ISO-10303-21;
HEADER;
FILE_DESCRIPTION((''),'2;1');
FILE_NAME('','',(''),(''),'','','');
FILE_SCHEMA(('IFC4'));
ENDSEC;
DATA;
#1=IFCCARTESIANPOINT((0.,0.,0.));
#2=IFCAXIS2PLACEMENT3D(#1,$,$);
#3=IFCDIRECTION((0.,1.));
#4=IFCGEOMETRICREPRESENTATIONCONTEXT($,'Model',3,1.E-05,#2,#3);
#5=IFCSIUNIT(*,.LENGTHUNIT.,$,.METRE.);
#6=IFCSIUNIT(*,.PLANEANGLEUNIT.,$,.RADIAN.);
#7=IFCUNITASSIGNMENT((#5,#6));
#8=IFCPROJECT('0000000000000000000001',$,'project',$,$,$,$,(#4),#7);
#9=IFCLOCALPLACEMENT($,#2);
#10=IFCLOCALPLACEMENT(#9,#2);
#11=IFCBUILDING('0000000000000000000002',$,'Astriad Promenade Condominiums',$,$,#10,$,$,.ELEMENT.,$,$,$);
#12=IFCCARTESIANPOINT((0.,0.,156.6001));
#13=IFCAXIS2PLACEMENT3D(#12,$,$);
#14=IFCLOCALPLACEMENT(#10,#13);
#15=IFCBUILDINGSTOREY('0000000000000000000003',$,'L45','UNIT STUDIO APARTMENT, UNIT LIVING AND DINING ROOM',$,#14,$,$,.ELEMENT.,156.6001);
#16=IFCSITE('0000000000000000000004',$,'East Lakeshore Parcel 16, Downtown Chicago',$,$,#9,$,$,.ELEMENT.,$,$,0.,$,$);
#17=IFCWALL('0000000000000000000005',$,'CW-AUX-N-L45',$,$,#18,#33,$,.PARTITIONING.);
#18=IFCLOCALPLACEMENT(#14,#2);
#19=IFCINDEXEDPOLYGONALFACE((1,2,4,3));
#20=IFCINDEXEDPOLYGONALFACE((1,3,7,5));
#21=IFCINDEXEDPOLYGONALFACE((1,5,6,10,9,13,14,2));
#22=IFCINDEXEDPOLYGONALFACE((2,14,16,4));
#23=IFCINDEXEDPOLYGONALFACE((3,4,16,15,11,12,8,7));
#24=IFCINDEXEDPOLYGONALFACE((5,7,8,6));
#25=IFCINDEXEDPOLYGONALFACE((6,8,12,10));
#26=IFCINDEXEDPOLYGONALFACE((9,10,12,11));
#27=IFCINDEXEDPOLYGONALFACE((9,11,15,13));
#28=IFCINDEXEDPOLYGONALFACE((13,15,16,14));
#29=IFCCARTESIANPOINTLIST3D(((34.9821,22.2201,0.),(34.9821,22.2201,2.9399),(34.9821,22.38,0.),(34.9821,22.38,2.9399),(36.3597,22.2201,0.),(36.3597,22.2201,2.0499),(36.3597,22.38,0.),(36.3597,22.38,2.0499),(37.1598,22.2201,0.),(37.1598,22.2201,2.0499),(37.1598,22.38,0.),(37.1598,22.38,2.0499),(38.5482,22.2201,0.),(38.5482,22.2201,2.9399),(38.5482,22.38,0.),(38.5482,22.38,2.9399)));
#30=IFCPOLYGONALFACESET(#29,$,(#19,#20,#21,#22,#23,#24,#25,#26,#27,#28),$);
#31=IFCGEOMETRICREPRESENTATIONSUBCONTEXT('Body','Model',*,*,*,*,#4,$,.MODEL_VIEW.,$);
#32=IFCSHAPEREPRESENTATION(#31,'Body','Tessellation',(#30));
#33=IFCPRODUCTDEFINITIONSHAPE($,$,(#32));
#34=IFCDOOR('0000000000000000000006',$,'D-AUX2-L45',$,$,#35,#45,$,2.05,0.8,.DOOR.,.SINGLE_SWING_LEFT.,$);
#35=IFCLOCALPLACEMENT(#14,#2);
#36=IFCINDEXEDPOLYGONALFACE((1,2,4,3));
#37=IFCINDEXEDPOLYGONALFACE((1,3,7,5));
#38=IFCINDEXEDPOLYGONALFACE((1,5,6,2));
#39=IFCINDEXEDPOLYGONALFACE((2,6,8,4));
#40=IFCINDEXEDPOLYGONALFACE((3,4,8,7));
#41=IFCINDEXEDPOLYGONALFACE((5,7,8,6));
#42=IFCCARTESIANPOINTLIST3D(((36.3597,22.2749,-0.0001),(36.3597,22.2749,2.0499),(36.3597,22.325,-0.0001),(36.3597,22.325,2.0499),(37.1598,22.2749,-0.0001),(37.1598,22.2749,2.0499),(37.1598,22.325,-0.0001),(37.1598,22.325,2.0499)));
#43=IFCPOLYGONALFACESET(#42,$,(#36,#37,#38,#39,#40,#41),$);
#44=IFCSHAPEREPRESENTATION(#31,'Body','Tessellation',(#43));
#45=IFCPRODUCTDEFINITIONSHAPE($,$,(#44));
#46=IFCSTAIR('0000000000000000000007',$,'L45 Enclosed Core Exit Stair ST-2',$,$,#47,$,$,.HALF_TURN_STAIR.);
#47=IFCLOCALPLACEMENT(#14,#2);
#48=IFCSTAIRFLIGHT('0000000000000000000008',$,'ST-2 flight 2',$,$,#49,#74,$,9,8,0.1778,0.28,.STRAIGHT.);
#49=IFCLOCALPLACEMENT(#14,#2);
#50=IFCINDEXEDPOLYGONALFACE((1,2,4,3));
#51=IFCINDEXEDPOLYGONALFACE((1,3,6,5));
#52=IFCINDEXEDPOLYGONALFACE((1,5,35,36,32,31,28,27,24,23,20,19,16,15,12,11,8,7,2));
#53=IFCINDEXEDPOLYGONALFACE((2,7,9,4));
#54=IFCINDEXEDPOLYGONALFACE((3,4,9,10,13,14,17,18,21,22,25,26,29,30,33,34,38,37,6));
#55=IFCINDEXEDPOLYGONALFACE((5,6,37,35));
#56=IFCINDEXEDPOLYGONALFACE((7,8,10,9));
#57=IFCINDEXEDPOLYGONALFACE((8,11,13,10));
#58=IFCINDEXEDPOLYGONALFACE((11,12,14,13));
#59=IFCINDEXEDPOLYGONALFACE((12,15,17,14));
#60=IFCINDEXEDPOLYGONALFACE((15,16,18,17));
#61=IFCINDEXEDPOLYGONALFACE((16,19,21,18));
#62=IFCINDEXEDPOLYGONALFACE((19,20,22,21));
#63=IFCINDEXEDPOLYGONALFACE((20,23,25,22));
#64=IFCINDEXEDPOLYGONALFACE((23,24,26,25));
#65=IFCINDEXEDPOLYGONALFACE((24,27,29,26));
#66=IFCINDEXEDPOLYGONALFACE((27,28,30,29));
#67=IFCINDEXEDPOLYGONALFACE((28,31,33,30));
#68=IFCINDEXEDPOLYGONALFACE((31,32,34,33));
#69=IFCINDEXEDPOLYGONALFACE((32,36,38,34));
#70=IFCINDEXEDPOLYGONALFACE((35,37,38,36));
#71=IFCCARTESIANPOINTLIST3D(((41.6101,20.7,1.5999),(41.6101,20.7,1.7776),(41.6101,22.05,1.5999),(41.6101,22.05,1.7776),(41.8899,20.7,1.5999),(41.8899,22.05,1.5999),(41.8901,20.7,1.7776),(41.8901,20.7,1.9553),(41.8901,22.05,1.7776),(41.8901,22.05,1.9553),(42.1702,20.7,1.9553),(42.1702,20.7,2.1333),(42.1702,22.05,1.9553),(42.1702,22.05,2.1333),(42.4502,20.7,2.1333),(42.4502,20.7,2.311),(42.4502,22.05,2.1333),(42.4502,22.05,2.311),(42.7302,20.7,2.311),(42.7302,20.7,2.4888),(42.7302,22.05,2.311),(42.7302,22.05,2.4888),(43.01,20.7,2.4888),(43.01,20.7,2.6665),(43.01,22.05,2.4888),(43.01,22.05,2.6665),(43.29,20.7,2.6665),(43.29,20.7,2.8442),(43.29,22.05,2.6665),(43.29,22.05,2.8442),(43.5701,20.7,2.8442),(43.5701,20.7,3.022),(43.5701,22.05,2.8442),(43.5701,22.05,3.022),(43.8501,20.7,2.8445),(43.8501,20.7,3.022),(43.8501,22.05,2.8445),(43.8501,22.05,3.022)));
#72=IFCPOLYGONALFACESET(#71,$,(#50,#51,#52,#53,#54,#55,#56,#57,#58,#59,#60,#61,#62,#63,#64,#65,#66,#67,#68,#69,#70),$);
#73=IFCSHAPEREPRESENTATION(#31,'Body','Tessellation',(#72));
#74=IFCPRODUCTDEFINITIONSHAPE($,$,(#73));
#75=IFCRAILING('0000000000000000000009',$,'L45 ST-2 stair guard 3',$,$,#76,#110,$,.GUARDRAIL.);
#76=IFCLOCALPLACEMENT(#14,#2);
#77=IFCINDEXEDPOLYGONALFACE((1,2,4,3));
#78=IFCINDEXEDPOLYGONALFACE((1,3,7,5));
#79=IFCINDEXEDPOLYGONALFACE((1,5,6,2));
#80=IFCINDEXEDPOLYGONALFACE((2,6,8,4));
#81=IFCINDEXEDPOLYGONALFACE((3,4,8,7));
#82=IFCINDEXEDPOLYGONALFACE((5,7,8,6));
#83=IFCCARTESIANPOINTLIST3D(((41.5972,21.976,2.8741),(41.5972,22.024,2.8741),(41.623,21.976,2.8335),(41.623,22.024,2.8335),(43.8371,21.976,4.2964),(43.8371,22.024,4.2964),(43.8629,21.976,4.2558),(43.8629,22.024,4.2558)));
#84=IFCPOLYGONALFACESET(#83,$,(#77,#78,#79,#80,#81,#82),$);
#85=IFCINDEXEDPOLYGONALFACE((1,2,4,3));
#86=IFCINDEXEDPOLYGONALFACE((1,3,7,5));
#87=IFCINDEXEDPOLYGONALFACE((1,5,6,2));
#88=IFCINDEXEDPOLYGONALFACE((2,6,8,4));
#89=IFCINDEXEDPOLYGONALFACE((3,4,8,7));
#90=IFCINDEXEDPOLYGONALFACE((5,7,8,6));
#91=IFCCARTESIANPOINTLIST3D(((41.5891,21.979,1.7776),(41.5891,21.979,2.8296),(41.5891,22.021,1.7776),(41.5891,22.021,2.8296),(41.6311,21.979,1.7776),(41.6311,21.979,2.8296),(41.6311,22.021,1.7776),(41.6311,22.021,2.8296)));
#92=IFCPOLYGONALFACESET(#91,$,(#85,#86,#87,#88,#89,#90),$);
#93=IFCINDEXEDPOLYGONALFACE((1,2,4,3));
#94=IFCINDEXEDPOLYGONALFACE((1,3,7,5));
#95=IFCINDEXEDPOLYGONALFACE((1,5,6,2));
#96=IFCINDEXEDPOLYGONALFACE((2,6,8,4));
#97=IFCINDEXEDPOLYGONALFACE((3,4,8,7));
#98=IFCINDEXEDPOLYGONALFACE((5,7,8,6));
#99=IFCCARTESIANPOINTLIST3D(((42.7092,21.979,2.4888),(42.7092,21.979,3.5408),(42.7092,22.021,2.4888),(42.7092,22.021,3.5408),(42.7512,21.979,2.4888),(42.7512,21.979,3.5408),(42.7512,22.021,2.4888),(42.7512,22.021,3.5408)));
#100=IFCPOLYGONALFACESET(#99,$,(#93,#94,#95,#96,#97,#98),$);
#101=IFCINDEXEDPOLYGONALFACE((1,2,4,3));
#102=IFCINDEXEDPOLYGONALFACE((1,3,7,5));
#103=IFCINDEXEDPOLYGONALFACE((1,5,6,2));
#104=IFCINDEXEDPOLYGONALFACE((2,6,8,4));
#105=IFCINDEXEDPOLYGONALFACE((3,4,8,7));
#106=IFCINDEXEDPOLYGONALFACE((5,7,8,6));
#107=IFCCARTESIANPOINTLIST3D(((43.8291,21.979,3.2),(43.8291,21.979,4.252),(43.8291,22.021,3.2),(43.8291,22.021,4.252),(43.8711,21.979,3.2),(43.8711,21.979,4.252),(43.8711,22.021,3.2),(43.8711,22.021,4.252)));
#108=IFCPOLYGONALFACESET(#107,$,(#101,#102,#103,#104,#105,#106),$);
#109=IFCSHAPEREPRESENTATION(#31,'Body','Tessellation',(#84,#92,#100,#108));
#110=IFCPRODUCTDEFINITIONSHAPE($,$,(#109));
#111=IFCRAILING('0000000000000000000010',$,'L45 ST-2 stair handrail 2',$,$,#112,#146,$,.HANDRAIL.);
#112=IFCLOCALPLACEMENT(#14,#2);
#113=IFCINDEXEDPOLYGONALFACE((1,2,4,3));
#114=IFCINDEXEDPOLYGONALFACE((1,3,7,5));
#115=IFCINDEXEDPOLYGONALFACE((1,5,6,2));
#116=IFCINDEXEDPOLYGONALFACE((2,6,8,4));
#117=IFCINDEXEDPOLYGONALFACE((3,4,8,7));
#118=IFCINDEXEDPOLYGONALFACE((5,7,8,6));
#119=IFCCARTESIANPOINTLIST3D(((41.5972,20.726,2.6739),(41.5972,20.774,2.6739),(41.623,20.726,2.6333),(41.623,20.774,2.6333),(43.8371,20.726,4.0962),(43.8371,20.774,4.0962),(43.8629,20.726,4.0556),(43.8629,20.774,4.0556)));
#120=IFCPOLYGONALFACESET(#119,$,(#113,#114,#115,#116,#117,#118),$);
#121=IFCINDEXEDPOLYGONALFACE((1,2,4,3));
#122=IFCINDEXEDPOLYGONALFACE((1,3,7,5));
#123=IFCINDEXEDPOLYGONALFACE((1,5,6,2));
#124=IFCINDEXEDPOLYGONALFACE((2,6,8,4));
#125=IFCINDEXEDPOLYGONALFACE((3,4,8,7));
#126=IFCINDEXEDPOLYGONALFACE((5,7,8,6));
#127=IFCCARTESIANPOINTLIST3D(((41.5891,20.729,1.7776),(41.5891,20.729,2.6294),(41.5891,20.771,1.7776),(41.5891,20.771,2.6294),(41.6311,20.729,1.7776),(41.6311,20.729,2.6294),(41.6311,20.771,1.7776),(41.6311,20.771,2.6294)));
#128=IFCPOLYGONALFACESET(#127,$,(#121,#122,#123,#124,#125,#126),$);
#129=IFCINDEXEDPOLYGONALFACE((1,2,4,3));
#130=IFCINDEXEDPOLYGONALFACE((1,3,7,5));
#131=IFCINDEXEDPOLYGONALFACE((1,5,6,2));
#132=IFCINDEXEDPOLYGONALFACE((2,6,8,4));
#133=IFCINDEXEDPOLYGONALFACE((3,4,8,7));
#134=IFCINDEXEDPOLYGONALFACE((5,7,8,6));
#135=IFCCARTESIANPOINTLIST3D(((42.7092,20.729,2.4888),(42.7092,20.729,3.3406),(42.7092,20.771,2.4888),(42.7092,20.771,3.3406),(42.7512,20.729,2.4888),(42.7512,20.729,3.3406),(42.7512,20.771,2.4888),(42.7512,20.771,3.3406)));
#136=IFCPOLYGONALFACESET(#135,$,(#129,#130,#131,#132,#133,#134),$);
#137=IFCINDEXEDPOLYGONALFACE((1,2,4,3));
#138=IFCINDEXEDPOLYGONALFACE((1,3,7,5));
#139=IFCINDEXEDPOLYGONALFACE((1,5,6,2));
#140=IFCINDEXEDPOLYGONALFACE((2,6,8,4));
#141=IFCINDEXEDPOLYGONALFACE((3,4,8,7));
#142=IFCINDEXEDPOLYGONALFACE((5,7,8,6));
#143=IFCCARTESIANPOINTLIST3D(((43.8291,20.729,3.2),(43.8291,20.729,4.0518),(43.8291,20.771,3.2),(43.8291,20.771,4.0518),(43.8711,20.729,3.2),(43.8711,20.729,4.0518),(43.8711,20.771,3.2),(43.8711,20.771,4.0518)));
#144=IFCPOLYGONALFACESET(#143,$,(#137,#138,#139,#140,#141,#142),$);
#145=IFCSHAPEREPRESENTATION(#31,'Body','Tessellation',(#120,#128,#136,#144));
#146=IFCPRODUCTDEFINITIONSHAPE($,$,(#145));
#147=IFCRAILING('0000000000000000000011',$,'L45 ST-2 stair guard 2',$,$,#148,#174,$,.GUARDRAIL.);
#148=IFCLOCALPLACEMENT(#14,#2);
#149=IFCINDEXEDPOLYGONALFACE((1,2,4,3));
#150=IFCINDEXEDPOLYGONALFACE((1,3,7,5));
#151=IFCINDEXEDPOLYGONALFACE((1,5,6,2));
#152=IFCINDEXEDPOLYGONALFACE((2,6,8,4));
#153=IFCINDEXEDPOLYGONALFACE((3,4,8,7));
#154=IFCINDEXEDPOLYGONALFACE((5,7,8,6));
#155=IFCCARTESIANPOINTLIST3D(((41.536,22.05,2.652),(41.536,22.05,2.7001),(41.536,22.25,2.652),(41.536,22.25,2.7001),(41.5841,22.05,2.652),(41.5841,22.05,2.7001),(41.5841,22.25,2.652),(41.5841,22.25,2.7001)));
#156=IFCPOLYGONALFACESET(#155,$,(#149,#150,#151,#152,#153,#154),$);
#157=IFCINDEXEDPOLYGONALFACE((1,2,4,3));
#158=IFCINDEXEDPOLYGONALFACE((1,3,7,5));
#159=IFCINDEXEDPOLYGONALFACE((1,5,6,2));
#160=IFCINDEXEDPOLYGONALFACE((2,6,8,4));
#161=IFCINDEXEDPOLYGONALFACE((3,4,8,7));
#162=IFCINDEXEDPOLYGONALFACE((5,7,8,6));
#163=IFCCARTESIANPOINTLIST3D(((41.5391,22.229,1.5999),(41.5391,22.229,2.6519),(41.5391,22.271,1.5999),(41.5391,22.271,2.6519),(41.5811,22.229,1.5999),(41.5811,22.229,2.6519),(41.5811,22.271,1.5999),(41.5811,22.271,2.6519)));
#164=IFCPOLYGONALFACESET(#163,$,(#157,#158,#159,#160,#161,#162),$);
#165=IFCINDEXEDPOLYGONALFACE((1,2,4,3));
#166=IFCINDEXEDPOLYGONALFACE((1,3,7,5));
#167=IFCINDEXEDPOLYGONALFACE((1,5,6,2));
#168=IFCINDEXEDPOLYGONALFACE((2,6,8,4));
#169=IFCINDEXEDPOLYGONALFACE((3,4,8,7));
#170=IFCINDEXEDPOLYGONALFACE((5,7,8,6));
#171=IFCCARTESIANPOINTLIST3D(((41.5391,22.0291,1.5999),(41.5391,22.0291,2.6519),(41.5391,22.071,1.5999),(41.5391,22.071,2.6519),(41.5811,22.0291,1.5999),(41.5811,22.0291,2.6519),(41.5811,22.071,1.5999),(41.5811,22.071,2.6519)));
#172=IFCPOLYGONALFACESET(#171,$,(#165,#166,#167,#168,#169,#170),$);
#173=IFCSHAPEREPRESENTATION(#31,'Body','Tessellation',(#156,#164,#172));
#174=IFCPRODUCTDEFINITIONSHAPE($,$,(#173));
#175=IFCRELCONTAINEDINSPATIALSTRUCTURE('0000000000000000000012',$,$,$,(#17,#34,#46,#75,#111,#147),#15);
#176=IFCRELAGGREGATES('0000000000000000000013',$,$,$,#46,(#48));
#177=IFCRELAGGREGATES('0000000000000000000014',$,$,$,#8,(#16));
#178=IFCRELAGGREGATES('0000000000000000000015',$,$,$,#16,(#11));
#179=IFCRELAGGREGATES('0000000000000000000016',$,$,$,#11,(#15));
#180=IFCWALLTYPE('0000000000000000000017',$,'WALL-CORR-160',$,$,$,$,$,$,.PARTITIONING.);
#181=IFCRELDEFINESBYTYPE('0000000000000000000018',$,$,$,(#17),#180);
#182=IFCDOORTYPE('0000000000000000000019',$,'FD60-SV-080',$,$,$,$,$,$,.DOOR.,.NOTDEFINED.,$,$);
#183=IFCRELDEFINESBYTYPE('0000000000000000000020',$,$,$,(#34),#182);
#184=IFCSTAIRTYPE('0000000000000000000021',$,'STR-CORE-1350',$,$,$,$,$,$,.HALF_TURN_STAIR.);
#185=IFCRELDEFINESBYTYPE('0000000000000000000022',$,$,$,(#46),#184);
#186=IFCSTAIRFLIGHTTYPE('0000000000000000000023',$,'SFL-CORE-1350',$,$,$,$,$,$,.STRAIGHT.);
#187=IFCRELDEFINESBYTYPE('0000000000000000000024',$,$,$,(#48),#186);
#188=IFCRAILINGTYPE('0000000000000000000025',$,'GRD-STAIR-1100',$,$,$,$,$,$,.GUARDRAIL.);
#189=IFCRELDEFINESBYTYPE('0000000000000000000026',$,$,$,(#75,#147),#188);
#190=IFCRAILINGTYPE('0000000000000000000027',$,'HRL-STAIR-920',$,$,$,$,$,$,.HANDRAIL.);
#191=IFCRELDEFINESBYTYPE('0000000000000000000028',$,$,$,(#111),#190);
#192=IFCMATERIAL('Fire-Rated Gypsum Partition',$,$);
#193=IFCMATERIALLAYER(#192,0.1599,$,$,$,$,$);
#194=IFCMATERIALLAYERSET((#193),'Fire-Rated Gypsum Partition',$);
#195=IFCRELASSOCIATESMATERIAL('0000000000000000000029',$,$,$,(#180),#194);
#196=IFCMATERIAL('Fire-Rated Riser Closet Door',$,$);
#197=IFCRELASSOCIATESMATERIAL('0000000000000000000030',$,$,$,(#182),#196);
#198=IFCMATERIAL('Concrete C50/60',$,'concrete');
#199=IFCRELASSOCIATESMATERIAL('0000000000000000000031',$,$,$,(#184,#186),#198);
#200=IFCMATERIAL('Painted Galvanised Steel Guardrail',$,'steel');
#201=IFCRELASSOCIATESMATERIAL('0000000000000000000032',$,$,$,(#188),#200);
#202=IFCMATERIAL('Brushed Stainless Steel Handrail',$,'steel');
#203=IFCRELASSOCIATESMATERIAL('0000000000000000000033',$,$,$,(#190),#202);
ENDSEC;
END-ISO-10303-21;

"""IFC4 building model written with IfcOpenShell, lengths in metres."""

from ifc_helpers import new_model, si_unit, direction, frame, frame_2d, origin, origin_2d, place, context, subcontext, project, spatial, polyline, rectangle, outline, extrude, source, transform, mapped, material, layer, layer_set, type_object, type_shapes, element, fill, aggregate, save


model = new_model("IFC4")

# Units and contexts
model_context = context("Model", 3, precision=1e-05, world=origin(), true_north=direction((0.0, 1.0)))
body_context = subcontext(model_context, "Body", "Model", "MODEL_VIEW")
ifc_project = project(units=[si_unit("LENGTHUNIT", "METRE"), si_unit("PLANEANGLEUNIT", "RADIAN")], contexts=[model_context])

# Site, building, storey
site_placement = place(None, origin())
site = spatial("IfcSite", under=ifc_project, at=site_placement, Name="East Lakeshore Parcel 16, Downtown Chicago", CompositionType="ELEMENT", RefElevation=0.0)
building_placement = place(site_placement, origin())
building = spatial("IfcBuilding", under=site, at=building_placement, Name="Astriad Promenade Condominiums", CompositionType="ELEMENT")
storey_placement = place(building_placement, frame((0.0, 0.0, 156.6001)))
storey = spatial("IfcBuildingStorey", under=building, at=storey_placement, Name="L45", Description="UNIT STUDIO APARTMENT, UNIT LIVING AND DINING ROOM", CompositionType="ELEMENT", Elevation=156.6001)

# Shared definitions
ifc_material_1 = material(Name="Concrete C50/60", Category="concrete")

# Shared definitions
ifc_material_2 = material(Name="Fire-Rated Gypsum Partition")
ifc_layer_1 = layer(ifc_material_2, 0.1599)
ifc_layer_set_1 = layer_set([ifc_layer_1], Name="Fire-Rated Gypsum Partition")
wall_type_1 = type_object("IfcWallType", Name="WALL-CORR-160", PredefinedType="PARTITIONING", material=ifc_layer_set_1)

# Wall, opening, door
ifc_material_3 = material(Name="Fire-Rated Riser Closet Door")
door_type_1 = type_object("IfcDoorType", Name="FD60-SV-080", OperationType="NOTDEFINED", PredefinedType="DOOR", material=ifc_material_3)
shared_shape_1 = source(origin(), body_context, "Body", "SweptSolid", [
    extrude(rectangle(XDim=0.8, YDim=2.05, at=frame_2d((0.3999, 1.0249))), frame((0.0, 0.0249, 0.0), z_axis=(0.0, -1.0, 0.0), x_axis=(1.0, 0.0, 0.0)), (0.0, 0.0, 1.0), 0.05),
])
type_shapes(door_type_1, [shared_shape_1])
wall_1_placement = place(storey_placement, frame((34.9819, 22.3, 0.0), z_axis=(0.0, 0.0, 1.0), x_axis=(1.0, 0.0, 0.0)))
wall_1 = element("IfcWall", 1, at=wall_1_placement, inside=storey, type_object=wall_type_1, Name="CW-AUX-N-L45", PredefinedType="PARTITIONING", context=body_context, shape_type="SweptSolid", body=[
    extrude(rectangle(XDim=3.5662, YDim=0.1599, at=frame_2d((1.7832, 0.0))), origin(), (0.0, 0.0, 1.0), 2.9399),
])
opening_1_placement = place(wall_1_placement, frame((1.3779, 0.0, 0.0)))
opening_1 = element("IfcOpeningElement", 2, at=opening_1_placement, cuts=wall_1, PredefinedType="OPENING", context=body_context, shape_type="SweptSolid", body=[
    extrude(rectangle(XDim=0.8, YDim=2.05, at=frame_2d((0.3999, 1.0249))), frame((0.0, 0.0898, 0.0), z_axis=(0.0, -1.0, 0.0), x_axis=(1.0, 0.0, 0.0)), (0.0, 0.0, 1.0), 0.1799),
])
door_1_placement = place(opening_1_placement, origin())
door_1 = element("IfcDoor", 3, at=door_1_placement, inside=storey, type_object=door_type_1, Name="D-AUX2-L45", OperationType="SINGLE_SWING_LEFT", OverallHeight=2.05, OverallWidth=0.8, PredefinedType="DOOR", context=body_context, shape_type="MappedRepresentation", body=[
    mapped(shared_shape_1, transform((0.0, 0.0, 0.0), scale=1.0)),
])
fill(opening_1, door_1)

# Stair, stair flight
stair_type = type_object("IfcStairType", Name="STR-CORE-1350", PredefinedType="HALF_TURN_STAIR", material=ifc_material_1)
stair_placement = place(storey_placement, origin())
stair = element("IfcStair", 4, at=stair_placement, inside=storey, type_object=stair_type, Name="L45 Enclosed Core Exit Stair ST-2", PredefinedType="HALF_TURN_STAIR")
stair_flight_type = type_object("IfcStairFlightType", Name="SFL-CORE-1350", PredefinedType="STRAIGHT", material=ifc_material_1)
shared_shape_2 = source(origin(), body_context, "Body", "SweptSolid", [
    extrude(outline(polyline([(0.0, 0.0), (0.0, 0.1777), (0.28, 0.1777), (0.28, 0.3555), (0.5601, 0.3555), (0.5601, 0.5334), (0.8401, 0.5334), (0.8401, 0.7112), (1.1201, 0.7112), (1.1201, 0.8889), (1.3999, 0.8889), (1.3999, 1.0667), (1.6799, 1.0667), (1.6799, 1.2444), (1.96, 1.2444), (1.96, 1.4221), (2.24, 1.4221), (2.24, 1.6001), (2.24, 1.2446), (0.2798, 0.0), (0.0, 0.0)])), frame((0.0, 0.675, 0.0), z_axis=(0.0, -1.0, 0.0), x_axis=(1.0, 0.0, 0.0)), (0.0, 0.0, 1.0), 1.3501),
])
type_shapes(stair_flight_type, [shared_shape_2])
stair_flight_placement = place(storey_placement, frame((41.6101, 21.375, 1.5999), z_axis=(0.0, 0.0, 1.0), x_axis=(1.0, 0.0, 0.0)))
stair_flight = element("IfcStairFlight", 5, at=stair_flight_placement, type_object=stair_flight_type, Name="ST-2 flight 2", NumberOfRisers=9, NumberOfTreads=8, PredefinedType="STRAIGHT", RiserHeight=0.1778, TreadLength=0.28, context=body_context, shape_type="MappedRepresentation", body=[
    mapped(shared_shape_2, transform((0.0, 0.0, 0.0), scale=1.0)),
])
aggregate(stair, [stair_flight])

# Railings
ifc_material_4 = material(Name="Painted Galvanised Steel Guardrail", Category="steel")
railing_type_1 = type_object("IfcRailingType", Name="GRD-STAIR-1100", PredefinedType="GUARDRAIL", material=ifc_material_4)
shared_shape_3 = source(origin(), body_context, "Body", "SweptSolid", [
    extrude(rectangle(XDim=0.0481, YDim=0.0481, at=origin_2d()), frame((0.0, 0.0, 1.0762), z_axis=(0.844188, 0.0, 0.536048), x_axis=(0.0, 1.0, 0.0)), (0.0, 0.0, 1.0), 2.6533),
    extrude(rectangle(XDim=0.042, YDim=0.042, at=origin_2d()), origin(), (0.0, 0.0, 1.0), 1.052),
    extrude(rectangle(XDim=0.042, YDim=0.042, at=origin_2d()), frame((1.1201, 0.0, 0.7112)), (0.0, 0.0, 1.0), 1.052),
    extrude(rectangle(XDim=0.042, YDim=0.042, at=origin_2d()), frame((2.24, 0.0, 1.4224)), (0.0, 0.0, 1.0), 1.052),
])
railing_1_placement = place(storey_placement, frame((41.6101, 22.0, 1.7776)))
element("IfcRailing", 6, at=railing_1_placement, inside=storey, type_object=railing_type_1, Name="L45 ST-2 stair guard 3", PredefinedType="GUARDRAIL", context=body_context, shape_type="MappedRepresentation", body=[
    mapped(shared_shape_3, transform((0.0, 0.0, 0.0), scale=1.0)),
])
ifc_material_5 = material(Name="Brushed Stainless Steel Handrail", Category="steel")
railing_type_2 = type_object("IfcRailingType", Name="HRL-STAIR-920", PredefinedType="HANDRAIL", material=ifc_material_5)
shared_shape_4 = source(origin(), body_context, "Body", "SweptSolid", [
    extrude(rectangle(XDim=0.0481, YDim=0.0481, at=origin_2d()), frame((0.0, 0.0, 0.876), z_axis=(0.844188, 0.0, 0.536048), x_axis=(0.0, 1.0, 0.0)), (0.0, 0.0, 1.0), 2.6533),
    extrude(rectangle(XDim=0.042, YDim=0.042, at=origin_2d()), origin(), (0.0, 0.0, 1.0), 0.8518),
    extrude(rectangle(XDim=0.042, YDim=0.042, at=origin_2d()), frame((1.1201, 0.0, 0.7112)), (0.0, 0.0, 1.0), 0.8518),
    extrude(rectangle(XDim=0.042, YDim=0.042, at=origin_2d()), frame((2.24, 0.0, 1.4224)), (0.0, 0.0, 1.0), 0.8518),
])
type_shapes(railing_type_2, [shared_shape_4])
railing_2_placement = place(storey_placement, frame((41.6101, 20.75, 1.7776)))
element("IfcRailing", 7, at=railing_2_placement, inside=storey, type_object=railing_type_2, Name="L45 ST-2 stair handrail 2", PredefinedType="HANDRAIL", context=body_context, shape_type="MappedRepresentation", body=[
    mapped(shared_shape_4, transform((0.0, 0.0, 0.0), scale=1.0)),
])
shared_shape_5 = source(origin(), body_context, "Body", "SweptSolid", [
    extrude(rectangle(XDim=0.0481, YDim=0.0481, at=origin_2d()), frame((0.0, 0.0, 1.0762), z_axis=(0.0, -1.0, 0.0), x_axis=(1.0, 0.0, 0.0)), (0.0, 0.0, 1.0), 0.2),
    extrude(rectangle(XDim=0.042, YDim=0.042, at=origin_2d()), origin(), (0.0, 0.0, 1.0), 1.052),
    extrude(rectangle(XDim=0.042, YDim=0.042, at=origin_2d()), frame((0.0, -0.2, 0.0)), (0.0, 0.0, 1.0), 1.052),
])
type_shapes(railing_type_1, [shared_shape_3, shared_shape_5])
railing_3_placement = place(storey_placement, frame((41.5601, 22.25, 1.5999)))
element("IfcRailing", 8, at=railing_3_placement, inside=storey, type_object=railing_type_1, Name="L45 ST-2 stair guard 2", PredefinedType="GUARDRAIL", context=body_context, shape_type="MappedRepresentation", body=[
    mapped(shared_shape_5, transform((0.0, 0.0, 0.0), scale=1.0)),
])

save(model, "model.ifc")
